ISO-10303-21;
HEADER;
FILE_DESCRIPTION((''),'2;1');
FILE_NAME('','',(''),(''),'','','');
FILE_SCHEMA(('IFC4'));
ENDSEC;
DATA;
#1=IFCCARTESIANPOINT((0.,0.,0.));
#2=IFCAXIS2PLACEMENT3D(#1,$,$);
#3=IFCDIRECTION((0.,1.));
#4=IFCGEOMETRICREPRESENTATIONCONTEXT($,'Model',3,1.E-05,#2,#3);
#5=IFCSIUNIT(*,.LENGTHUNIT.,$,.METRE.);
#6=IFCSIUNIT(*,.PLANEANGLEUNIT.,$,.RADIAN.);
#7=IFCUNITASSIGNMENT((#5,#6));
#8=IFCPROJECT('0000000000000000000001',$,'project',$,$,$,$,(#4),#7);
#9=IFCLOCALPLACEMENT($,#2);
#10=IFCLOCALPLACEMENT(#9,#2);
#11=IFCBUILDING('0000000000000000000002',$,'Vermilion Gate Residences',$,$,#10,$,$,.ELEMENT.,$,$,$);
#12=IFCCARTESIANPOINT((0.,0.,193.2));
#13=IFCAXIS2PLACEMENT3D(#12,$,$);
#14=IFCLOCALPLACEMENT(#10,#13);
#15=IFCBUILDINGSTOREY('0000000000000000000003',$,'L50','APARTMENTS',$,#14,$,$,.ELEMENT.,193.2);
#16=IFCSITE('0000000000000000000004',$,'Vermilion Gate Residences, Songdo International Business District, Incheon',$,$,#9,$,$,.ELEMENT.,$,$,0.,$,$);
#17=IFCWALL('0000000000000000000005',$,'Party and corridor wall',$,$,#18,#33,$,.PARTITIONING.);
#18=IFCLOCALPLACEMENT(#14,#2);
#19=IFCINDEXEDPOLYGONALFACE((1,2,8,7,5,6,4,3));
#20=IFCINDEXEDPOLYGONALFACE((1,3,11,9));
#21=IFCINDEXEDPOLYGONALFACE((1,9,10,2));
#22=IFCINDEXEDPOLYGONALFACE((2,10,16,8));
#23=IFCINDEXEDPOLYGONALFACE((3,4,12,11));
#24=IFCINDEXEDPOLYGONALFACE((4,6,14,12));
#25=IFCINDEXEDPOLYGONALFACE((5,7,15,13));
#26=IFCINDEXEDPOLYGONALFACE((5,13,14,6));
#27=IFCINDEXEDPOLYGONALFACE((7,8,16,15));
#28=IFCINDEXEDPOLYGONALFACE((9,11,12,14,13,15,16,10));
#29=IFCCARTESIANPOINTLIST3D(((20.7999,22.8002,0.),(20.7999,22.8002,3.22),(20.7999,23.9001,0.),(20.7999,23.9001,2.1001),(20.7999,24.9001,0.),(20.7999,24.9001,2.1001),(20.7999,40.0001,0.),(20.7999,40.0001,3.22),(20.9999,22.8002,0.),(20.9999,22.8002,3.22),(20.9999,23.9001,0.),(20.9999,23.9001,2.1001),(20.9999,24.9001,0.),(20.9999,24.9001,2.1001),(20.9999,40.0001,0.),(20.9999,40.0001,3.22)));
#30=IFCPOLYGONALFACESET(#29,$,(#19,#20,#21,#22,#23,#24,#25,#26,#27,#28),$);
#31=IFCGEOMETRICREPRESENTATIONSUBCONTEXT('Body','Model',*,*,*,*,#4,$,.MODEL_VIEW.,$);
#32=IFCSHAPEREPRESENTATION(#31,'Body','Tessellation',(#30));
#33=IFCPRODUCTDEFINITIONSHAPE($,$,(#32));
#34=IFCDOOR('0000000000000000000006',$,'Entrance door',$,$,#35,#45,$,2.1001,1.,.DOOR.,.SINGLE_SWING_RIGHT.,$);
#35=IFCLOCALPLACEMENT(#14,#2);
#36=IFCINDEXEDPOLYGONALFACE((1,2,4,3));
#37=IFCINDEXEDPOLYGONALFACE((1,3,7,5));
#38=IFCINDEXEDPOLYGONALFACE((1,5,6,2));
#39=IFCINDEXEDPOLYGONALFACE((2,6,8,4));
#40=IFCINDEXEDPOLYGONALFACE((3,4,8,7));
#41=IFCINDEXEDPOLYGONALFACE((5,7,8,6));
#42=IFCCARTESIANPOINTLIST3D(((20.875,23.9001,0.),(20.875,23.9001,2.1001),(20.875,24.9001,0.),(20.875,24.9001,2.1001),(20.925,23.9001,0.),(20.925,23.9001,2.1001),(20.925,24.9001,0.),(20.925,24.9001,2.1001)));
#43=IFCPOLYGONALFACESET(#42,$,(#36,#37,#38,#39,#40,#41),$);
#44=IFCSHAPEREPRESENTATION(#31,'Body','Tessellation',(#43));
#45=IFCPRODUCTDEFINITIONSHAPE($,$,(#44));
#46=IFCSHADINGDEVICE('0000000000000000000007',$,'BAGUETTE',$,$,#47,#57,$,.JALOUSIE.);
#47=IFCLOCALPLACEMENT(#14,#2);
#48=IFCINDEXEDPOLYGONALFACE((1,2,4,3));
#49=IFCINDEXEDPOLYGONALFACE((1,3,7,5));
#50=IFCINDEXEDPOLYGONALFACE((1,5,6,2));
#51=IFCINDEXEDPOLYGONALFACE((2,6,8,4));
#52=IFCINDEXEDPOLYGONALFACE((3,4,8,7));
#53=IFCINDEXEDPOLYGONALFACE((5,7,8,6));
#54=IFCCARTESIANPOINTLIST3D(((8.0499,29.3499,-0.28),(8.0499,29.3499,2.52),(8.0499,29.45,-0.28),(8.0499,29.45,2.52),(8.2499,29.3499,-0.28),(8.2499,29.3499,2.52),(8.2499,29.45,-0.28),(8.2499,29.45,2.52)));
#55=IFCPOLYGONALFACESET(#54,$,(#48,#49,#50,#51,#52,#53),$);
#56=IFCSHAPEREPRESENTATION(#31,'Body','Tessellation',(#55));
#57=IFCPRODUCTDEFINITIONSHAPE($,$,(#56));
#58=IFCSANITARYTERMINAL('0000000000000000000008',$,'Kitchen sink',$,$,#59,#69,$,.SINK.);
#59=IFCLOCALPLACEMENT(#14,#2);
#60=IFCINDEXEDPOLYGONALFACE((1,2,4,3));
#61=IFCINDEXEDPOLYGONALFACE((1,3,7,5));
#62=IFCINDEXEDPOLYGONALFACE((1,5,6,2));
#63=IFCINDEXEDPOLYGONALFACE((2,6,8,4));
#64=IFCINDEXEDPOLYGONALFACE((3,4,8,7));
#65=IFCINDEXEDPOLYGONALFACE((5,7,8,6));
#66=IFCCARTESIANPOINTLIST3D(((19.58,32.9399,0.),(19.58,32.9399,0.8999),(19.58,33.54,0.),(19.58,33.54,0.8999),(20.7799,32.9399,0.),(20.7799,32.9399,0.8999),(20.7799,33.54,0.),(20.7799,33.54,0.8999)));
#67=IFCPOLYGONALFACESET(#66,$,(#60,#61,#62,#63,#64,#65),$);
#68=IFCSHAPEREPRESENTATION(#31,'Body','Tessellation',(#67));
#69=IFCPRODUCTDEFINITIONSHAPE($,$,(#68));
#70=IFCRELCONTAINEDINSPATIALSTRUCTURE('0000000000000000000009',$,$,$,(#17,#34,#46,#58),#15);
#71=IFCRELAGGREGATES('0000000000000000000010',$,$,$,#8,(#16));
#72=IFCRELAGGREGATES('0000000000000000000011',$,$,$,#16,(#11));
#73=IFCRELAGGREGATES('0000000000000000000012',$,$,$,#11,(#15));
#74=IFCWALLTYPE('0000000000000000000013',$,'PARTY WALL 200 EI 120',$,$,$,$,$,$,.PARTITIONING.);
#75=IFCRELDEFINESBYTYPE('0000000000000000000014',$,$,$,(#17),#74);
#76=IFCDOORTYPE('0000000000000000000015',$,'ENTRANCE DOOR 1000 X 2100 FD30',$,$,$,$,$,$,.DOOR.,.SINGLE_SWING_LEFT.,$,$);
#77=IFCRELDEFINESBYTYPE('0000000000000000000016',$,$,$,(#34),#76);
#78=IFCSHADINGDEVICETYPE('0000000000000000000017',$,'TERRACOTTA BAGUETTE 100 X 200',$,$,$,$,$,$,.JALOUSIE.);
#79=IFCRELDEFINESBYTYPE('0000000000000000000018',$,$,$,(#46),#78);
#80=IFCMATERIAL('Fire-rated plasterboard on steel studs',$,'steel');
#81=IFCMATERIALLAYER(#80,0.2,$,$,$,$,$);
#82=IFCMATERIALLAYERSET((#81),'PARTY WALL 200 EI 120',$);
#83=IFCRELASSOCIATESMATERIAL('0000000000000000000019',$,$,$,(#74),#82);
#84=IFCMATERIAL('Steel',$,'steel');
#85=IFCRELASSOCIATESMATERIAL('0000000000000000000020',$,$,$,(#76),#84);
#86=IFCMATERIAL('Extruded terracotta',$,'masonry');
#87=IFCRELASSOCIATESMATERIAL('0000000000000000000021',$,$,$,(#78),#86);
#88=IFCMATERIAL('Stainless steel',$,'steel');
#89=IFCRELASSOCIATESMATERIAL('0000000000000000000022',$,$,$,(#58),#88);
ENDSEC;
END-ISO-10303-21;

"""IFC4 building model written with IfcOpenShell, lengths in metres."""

from ifc_helpers import new_model, si_unit, direction, frame, frame_2d, origin, origin_2d, place, context, subcontext, project, spatial, rectangle, extrude, material, layer, layer_set, material_profile, profile_set, type_object, element, fill, save


model = new_model("IFC4")

# Units and contexts
model_context = context("Model", 3, precision=1e-05, world=origin(), true_north=direction((0.0, 1.0)))
body_context = subcontext(model_context, "Body", "Model", "MODEL_VIEW")
ifc_project = project(units=[si_unit("LENGTHUNIT", "METRE"), si_unit("PLANEANGLEUNIT", "RADIAN")], contexts=[model_context])

# Site, building, storey
site_placement = place(None, origin())
site = spatial("IfcSite", under=ifc_project, at=site_placement, Name="Vermilion Gate Residences, Songdo International Business District, Incheon", CompositionType="ELEMENT", RefElevation=0.0)
building_placement = place(site_placement, origin())
building = spatial("IfcBuilding", under=site, at=building_placement, Name="Vermilion Gate Residences", CompositionType="ELEMENT")
storey_placement = place(building_placement, frame((0.0, 0.0, 193.2)))
storey = spatial("IfcBuildingStorey", under=building, at=storey_placement, Name="L50", Description="APARTMENTS", CompositionType="ELEMENT", Elevation=193.2)

# Shared definitions
ifc_material_1 = material(Name="Fire-rated plasterboard on steel studs", Category="steel")
ifc_layer_1 = layer(ifc_material_1, 0.2)
ifc_layer_set_1 = layer_set([ifc_layer_1], Name="PARTY WALL 200 EI 120")
wall_type_1 = type_object("IfcWallType", Name="PARTY WALL 200 EI 120", PredefinedType="PARTITIONING", material=ifc_layer_set_1)

# Wall, opening, door
wall_1_placement = place(storey_placement, frame((20.8999, 22.8, 0.0), z_axis=(0.0, 0.0, 1.0), x_axis=(0.0, 1.0, 0.0)))
wall_1 = element("IfcWall", 1, at=wall_1_placement, inside=storey, type_object=wall_type_1, Name="Party and corridor wall", PredefinedType="PARTITIONING", context=body_context, shape_type="SweptSolid", body=[
    extrude(rectangle(XDim=17.2, YDim=0.2, at=frame_2d((8.6001, 0.0))), origin(), (0.0, 0.0, 1.0), 3.22),
])
opening_1_placement = place(wall_1_placement, frame((1.1001, 0.0, 0.0)))
opening_1 = element("IfcOpeningElement", 2, at=opening_1_placement, cuts=wall_1, PredefinedType="OPENING", context=body_context, shape_type="SweptSolid", body=[
    extrude(rectangle(XDim=1.0, YDim=2.1001, at=frame_2d((0.5, 1.05))), frame((0.0, 0.1099, 0.0), z_axis=(0.0, -1.0, 0.0), x_axis=(1.0, 0.0, 0.0)), (0.0, 0.0, 1.0), 0.22),
])
ifc_material_2 = material(Name="Steel", Category="steel")
door_type_1 = type_object("IfcDoorType", Name="ENTRANCE DOOR 1000 X 2100 FD30", OperationType="SINGLE_SWING_LEFT", PredefinedType="DOOR", material=ifc_material_2)
door_1_placement = place(opening_1_placement, origin())
door_1 = element("IfcDoor", 3, at=door_1_placement, inside=storey, type_object=door_type_1, Name="Entrance door", OperationType="SINGLE_SWING_RIGHT", OverallHeight=2.1001, OverallWidth=1.0, PredefinedType="DOOR", context=body_context, shape_type="SweptSolid", body=[
    extrude(rectangle(XDim=1.0, YDim=2.1001, at=frame_2d((0.5, 1.05))), frame((0.0, 0.0249, 0.0), z_axis=(0.0, -1.0, 0.0), x_axis=(1.0, 0.0, 0.0)), (0.0, 0.0, 1.0), 0.05),
])
fill(opening_1, door_1)

# Shading device
ifc_material_3 = material(Name="Extruded terracotta", Category="masonry")
ifc_material_profile_1 = material_profile(ifc_material_3, rectangle(XDim=0.2, YDim=0.1001, at=origin_2d()), Name="BAGUETTE 100 X 200")
ifc_profile_set_1 = profile_set([ifc_material_profile_1], Name="Extruded terracotta")
shading_device_type = type_object("IfcShadingDeviceType", Name="TERRACOTTA BAGUETTE 100 X 200", PredefinedType="JALOUSIE", material=ifc_profile_set_1)
shading_device_placement = place(storey_placement, frame((8.1499, 29.3999, -0.28), z_axis=(0.0, 0.0, 1.0), x_axis=(1.0, 0.0, 0.0)))
element("IfcShadingDevice", 4, at=shading_device_placement, inside=storey, type_object=shading_device_type, Name="BAGUETTE", PredefinedType="JALOUSIE", context=body_context, shape_type="SweptSolid", body=[
    extrude(rectangle(XDim=0.2, YDim=0.1001, at=origin_2d()), origin(), (0.0, 0.0, 1.0), 2.8),
])

# Sanitary terminal
ifc_material_4 = material(Name="Stainless steel", Category="steel")
sanitary_terminal_placement = place(storey_placement, frame((20.1799, 33.24, 0.0), z_axis=(0.0, 0.0, 1.0), x_axis=(1.0, 0.0, 0.0)))
element("IfcSanitaryTerminal", 5, at=sanitary_terminal_placement, inside=storey, material=ifc_material_4, Name="Kitchen sink", PredefinedType="SINK", context=body_context, shape_type="SweptSolid", body=[
    extrude(rectangle(XDim=1.2, YDim=0.6001, at=origin_2d()), origin(), (0.0, 0.0, 1.0), 0.8999),
])

save(model, "model.ifc")
